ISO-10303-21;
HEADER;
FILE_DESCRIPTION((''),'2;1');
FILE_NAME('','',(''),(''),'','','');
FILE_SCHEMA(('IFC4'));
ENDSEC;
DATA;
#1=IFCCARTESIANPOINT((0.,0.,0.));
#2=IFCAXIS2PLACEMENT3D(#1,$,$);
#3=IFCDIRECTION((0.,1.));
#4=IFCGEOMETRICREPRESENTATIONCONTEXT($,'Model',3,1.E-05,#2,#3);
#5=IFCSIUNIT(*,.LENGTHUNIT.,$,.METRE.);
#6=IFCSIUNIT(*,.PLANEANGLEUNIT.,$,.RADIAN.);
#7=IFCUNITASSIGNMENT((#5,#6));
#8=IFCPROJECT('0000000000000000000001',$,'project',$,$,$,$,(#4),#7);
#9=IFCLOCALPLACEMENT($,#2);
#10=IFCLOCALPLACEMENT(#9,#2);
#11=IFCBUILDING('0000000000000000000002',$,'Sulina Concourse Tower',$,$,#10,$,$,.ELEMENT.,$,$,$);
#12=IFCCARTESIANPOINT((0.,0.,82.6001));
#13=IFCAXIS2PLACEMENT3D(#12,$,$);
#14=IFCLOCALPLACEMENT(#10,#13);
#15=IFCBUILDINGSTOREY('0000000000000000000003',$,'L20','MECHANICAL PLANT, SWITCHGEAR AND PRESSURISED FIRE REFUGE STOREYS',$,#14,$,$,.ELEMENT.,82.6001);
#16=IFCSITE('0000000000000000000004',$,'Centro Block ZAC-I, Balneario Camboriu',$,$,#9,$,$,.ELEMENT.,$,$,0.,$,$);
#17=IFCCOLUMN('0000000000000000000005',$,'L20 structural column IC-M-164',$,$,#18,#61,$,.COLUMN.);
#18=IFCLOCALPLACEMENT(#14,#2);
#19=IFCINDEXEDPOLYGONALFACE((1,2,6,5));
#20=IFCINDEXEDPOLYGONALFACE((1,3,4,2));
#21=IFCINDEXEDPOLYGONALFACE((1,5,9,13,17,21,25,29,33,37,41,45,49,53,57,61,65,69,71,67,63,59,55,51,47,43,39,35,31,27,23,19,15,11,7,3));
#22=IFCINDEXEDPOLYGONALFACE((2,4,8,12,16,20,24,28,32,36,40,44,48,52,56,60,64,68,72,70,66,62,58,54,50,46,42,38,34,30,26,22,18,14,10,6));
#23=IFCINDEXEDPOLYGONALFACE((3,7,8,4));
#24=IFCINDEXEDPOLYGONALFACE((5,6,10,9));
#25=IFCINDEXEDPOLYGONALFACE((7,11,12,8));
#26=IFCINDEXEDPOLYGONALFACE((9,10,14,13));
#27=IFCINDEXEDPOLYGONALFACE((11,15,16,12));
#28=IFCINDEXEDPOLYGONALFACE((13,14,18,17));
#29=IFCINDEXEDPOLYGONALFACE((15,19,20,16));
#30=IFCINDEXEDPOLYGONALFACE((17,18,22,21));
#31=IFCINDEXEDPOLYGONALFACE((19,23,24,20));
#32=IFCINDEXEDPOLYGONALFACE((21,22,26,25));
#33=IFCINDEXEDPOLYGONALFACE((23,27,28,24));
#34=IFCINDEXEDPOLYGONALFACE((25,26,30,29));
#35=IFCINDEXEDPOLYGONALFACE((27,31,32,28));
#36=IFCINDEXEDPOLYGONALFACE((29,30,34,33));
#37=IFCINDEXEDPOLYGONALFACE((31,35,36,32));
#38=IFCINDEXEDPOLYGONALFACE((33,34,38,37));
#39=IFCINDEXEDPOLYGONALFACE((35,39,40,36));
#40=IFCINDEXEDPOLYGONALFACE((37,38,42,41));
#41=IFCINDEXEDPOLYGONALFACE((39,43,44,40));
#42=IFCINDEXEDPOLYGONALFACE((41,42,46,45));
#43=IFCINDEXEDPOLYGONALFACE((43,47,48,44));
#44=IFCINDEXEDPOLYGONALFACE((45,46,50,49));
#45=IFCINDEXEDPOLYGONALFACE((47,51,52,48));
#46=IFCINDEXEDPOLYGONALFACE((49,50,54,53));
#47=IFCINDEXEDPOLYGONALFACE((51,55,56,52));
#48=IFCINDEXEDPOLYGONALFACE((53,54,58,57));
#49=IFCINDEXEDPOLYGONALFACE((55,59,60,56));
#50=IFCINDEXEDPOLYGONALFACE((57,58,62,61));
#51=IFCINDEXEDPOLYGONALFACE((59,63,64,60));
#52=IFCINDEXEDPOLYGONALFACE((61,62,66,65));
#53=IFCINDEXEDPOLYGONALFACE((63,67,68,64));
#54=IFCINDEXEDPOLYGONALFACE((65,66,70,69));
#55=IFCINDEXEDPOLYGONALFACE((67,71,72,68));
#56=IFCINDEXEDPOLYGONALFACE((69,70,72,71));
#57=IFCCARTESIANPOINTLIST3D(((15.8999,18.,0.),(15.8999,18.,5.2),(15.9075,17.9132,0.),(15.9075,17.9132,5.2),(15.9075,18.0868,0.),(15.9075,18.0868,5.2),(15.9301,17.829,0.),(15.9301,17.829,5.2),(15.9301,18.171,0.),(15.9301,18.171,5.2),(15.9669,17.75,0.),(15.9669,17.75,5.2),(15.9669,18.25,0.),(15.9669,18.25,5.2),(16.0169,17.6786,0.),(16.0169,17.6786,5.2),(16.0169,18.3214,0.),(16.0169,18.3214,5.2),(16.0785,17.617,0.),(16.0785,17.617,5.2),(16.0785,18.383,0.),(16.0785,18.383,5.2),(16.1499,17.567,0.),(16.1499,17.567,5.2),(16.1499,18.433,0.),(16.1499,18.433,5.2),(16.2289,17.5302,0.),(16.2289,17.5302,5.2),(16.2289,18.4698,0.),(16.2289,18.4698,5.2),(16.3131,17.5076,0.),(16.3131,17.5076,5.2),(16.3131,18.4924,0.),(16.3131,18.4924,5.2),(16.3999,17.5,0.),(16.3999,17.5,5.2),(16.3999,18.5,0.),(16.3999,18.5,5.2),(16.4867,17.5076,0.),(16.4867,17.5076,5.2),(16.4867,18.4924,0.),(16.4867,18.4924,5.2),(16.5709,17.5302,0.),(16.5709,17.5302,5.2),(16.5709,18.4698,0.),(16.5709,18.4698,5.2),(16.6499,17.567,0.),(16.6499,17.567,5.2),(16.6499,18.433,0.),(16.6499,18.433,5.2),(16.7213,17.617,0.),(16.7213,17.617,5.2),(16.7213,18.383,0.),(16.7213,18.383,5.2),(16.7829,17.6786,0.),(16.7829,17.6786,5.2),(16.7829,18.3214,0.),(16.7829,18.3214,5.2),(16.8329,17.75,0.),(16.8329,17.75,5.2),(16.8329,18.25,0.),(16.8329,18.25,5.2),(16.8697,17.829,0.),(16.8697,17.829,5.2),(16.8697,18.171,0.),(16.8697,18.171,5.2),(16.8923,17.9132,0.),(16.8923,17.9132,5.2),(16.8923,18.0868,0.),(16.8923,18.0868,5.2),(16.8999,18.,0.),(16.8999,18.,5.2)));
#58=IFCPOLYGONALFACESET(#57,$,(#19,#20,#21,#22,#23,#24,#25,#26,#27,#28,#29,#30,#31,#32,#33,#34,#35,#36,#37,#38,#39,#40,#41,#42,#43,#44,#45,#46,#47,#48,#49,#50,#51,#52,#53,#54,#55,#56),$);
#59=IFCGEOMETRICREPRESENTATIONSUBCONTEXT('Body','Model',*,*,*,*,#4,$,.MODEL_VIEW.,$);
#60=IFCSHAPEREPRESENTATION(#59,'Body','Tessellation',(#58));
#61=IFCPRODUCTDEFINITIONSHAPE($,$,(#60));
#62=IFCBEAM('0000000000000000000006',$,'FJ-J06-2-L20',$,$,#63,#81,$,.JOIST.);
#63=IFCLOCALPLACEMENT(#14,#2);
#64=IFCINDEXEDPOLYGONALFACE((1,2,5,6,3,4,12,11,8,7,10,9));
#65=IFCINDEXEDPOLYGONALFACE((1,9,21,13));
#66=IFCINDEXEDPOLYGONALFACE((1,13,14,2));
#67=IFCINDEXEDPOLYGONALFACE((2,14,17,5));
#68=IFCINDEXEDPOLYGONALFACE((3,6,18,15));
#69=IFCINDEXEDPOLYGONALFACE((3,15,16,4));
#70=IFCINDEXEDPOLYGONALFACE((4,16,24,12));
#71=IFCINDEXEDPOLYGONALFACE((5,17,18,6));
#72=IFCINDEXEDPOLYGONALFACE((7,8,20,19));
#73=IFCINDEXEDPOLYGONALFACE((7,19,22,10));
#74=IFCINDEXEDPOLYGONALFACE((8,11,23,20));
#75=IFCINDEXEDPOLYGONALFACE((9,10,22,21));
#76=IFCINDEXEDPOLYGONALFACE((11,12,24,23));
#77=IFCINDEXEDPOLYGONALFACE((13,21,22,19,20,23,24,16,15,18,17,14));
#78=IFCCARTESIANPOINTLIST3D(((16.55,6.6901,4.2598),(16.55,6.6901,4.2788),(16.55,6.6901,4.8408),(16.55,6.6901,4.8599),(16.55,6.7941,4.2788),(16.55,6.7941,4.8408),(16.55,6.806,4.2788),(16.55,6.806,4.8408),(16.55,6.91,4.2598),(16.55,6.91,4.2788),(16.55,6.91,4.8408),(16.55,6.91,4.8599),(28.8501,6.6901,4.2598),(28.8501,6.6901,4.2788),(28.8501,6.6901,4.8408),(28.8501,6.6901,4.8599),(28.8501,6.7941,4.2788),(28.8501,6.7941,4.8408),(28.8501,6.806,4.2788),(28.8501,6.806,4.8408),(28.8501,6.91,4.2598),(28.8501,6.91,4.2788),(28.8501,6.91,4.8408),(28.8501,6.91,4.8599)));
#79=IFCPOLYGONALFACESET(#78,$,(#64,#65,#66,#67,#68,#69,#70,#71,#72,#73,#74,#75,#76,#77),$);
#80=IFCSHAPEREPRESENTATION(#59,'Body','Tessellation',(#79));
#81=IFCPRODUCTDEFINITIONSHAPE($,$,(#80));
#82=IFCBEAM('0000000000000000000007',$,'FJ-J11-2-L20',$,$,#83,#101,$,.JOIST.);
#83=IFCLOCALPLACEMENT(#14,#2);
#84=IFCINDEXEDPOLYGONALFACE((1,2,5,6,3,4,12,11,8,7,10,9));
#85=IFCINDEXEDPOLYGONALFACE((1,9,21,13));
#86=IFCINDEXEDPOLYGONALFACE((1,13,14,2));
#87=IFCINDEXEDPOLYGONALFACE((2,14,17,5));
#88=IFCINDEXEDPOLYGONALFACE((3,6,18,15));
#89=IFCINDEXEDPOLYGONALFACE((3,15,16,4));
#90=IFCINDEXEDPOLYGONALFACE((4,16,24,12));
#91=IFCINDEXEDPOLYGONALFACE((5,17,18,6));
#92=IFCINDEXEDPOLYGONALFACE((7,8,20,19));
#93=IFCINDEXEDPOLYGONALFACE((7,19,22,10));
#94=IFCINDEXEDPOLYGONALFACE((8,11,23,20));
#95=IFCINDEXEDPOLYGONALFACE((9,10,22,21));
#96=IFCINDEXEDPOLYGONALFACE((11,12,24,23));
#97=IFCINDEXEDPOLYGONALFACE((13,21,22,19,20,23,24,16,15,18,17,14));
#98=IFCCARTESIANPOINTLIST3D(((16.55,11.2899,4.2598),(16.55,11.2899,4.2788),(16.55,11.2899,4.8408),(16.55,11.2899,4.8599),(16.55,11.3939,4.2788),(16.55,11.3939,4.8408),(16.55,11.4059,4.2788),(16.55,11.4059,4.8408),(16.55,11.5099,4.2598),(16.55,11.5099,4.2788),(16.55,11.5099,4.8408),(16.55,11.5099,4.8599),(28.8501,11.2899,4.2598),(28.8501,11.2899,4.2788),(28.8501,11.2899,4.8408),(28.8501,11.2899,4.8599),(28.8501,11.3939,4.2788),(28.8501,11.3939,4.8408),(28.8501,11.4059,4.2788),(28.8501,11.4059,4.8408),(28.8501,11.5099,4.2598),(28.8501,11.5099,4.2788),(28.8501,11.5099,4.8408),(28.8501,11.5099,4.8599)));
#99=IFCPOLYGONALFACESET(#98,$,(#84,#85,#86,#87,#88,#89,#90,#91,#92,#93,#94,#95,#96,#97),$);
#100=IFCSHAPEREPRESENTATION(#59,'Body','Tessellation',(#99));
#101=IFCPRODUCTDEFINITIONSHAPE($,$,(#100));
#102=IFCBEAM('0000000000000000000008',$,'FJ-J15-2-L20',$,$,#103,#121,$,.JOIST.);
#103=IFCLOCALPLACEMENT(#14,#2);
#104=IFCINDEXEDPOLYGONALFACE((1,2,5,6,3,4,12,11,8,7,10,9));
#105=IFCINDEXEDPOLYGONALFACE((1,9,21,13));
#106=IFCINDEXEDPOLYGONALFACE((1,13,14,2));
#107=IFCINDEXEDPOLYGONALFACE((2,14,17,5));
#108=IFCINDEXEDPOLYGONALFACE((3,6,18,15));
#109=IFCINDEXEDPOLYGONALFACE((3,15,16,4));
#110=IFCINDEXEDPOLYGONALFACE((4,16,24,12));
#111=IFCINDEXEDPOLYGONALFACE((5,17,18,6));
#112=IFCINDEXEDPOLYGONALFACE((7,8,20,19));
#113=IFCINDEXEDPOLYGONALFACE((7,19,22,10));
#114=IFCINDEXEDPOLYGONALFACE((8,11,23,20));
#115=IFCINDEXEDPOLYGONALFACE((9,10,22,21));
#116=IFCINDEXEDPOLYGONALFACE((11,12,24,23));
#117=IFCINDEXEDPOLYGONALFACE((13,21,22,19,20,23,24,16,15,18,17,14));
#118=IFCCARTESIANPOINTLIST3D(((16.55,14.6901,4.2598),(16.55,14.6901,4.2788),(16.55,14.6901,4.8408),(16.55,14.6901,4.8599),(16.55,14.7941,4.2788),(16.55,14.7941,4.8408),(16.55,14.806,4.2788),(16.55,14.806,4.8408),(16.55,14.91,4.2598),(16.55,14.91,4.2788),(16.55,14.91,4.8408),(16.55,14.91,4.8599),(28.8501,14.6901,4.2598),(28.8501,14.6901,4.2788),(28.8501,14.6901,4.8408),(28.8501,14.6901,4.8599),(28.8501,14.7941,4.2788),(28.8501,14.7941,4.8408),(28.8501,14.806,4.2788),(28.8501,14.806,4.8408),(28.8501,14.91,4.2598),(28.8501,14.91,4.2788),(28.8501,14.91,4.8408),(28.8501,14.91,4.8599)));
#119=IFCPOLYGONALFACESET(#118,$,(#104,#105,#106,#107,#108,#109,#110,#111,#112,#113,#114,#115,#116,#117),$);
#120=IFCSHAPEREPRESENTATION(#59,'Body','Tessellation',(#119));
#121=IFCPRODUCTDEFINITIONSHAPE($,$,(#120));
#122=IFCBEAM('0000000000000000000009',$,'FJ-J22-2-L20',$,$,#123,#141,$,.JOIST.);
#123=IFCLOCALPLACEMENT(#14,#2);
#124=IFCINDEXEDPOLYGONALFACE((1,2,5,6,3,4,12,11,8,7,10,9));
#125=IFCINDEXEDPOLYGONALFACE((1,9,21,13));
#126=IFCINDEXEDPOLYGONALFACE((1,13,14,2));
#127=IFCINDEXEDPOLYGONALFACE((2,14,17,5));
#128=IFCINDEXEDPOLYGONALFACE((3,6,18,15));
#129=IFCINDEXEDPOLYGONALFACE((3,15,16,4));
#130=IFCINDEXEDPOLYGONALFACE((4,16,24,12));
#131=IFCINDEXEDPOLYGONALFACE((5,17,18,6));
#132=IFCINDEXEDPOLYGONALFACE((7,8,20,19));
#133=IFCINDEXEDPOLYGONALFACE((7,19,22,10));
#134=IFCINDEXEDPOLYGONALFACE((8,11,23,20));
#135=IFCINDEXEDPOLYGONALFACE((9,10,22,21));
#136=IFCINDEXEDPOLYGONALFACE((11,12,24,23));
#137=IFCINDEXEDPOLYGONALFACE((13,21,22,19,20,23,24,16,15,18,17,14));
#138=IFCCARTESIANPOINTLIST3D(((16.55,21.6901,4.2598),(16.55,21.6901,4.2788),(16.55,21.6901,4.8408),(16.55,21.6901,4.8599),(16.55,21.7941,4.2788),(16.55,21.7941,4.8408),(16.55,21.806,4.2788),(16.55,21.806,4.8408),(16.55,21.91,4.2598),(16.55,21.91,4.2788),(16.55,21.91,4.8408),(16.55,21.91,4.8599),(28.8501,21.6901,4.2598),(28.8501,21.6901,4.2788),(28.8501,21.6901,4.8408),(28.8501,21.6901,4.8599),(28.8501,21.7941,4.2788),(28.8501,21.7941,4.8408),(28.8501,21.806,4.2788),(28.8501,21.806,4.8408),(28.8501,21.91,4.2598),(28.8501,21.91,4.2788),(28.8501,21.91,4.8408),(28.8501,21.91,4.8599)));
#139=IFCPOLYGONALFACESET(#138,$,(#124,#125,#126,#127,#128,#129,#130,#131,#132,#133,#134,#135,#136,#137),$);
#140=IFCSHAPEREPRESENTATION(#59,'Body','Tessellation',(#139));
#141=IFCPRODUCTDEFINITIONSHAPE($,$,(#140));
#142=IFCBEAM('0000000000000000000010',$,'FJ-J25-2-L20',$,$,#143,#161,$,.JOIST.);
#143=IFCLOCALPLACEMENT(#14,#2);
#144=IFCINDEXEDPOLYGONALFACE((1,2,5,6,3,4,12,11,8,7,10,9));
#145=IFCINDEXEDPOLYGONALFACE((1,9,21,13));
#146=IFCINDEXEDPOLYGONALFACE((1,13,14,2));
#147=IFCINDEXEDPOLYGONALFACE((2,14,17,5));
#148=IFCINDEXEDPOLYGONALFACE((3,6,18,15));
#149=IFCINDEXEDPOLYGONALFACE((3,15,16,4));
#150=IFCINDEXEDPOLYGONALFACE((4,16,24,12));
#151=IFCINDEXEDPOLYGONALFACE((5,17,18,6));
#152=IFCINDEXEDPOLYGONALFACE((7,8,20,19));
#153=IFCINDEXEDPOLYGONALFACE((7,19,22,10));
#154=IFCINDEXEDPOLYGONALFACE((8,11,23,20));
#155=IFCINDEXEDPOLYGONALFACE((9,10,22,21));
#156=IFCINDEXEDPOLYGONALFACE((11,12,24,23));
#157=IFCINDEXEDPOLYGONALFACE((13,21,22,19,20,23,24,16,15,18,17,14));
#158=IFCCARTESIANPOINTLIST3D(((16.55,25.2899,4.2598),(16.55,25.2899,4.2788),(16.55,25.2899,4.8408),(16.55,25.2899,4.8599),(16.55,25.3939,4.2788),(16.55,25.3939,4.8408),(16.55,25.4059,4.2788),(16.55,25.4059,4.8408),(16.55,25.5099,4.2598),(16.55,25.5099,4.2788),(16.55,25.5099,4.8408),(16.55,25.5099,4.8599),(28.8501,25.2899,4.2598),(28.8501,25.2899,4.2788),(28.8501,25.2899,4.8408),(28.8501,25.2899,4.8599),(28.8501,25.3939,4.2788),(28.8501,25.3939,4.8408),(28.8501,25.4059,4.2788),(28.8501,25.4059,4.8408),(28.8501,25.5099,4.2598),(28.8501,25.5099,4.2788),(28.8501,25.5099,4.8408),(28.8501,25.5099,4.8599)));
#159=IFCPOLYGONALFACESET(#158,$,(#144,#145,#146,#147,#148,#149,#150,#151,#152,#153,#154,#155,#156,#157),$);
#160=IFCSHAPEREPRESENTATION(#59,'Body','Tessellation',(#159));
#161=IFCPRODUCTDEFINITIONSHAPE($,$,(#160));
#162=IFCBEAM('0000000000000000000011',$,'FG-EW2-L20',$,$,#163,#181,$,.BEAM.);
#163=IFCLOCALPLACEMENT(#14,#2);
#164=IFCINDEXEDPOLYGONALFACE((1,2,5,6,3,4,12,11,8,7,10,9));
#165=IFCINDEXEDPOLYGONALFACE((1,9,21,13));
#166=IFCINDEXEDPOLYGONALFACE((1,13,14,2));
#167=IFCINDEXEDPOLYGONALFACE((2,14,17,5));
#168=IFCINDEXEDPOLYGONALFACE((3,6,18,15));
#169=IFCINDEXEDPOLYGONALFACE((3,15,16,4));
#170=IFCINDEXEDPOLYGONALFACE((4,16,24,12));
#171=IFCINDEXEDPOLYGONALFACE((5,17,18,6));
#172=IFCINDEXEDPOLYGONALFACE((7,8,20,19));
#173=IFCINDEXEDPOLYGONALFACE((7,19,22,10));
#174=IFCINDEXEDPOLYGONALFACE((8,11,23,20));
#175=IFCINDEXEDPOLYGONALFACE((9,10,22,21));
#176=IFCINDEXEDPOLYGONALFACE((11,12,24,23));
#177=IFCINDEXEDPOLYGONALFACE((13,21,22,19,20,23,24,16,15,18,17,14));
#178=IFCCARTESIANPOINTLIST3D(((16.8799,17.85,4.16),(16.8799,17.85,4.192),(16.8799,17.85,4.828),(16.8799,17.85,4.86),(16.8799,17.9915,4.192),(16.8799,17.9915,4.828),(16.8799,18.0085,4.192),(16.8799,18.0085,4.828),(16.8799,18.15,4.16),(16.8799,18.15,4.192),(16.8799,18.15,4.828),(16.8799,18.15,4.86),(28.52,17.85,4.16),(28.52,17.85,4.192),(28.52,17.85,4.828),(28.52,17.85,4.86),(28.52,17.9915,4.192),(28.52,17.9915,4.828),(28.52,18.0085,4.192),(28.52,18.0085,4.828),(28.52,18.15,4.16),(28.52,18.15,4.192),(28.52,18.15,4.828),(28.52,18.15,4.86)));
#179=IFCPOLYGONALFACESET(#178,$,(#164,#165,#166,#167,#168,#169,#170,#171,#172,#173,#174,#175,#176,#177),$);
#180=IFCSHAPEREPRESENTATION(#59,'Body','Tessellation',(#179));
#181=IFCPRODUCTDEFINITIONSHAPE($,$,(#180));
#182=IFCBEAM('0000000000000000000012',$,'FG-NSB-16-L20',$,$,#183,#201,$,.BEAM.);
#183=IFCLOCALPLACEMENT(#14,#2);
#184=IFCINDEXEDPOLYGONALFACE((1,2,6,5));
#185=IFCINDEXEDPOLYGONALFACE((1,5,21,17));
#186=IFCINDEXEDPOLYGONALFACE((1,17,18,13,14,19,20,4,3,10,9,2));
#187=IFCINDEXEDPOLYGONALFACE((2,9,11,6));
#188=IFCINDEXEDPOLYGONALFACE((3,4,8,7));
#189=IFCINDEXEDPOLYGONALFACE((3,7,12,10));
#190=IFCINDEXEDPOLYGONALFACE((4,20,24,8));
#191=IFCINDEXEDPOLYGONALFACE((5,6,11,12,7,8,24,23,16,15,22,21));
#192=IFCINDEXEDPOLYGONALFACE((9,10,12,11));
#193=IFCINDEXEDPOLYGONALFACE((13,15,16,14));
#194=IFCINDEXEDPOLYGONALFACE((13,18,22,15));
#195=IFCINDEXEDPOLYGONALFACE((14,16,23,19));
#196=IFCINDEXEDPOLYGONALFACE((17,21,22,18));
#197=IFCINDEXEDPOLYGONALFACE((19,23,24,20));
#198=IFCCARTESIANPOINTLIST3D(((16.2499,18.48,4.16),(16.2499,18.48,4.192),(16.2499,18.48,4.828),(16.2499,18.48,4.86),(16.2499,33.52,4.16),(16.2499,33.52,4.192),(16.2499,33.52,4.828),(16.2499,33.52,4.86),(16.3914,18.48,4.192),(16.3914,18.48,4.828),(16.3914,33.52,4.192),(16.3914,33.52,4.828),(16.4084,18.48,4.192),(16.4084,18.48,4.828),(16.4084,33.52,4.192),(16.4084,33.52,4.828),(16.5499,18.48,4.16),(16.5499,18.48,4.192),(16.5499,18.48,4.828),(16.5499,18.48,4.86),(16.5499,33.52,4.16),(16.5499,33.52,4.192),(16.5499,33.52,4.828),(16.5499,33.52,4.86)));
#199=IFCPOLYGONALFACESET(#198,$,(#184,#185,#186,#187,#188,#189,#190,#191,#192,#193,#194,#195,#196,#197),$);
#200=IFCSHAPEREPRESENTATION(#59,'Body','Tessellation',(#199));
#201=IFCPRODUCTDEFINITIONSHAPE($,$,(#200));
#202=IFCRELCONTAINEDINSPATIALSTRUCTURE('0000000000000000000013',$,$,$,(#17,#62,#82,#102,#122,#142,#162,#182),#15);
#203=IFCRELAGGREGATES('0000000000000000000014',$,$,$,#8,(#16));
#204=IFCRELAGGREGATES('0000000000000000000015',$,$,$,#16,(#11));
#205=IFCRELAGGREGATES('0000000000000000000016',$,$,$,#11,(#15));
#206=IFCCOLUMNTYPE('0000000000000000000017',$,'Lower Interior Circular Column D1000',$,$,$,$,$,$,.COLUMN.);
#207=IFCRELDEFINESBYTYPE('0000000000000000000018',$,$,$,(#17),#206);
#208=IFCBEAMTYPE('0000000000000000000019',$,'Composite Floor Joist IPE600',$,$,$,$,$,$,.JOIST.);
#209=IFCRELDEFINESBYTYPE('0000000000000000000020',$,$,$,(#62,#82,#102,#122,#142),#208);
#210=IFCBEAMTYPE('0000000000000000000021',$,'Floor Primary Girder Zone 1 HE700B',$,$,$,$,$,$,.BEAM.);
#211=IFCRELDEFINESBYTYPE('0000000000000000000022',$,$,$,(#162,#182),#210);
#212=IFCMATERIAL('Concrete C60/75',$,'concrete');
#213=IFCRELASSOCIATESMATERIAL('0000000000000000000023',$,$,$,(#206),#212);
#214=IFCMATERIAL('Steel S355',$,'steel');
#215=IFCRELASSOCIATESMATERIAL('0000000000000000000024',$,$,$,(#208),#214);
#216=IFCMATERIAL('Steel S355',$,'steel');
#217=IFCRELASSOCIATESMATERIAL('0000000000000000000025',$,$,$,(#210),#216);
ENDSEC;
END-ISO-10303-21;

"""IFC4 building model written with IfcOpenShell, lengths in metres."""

from ifc_helpers import new_model, si_unit, direction, frame, origin, origin_2d, place, context, subcontext, project, spatial, circle, i_section, extrude, material, material_profile, profile_set, type_object, element, save


model = new_model("IFC4")

# Units and contexts
model_context = context("Model", 3, precision=1e-05, world=origin(), true_north=direction((0.0, 1.0)))
body_context = subcontext(model_context, "Body", "Model", "MODEL_VIEW")
ifc_project = project(units=[si_unit("LENGTHUNIT", "METRE"), si_unit("PLANEANGLEUNIT", "RADIAN")], contexts=[model_context])

# Site, building, storey
site_placement = place(None, origin())
site = spatial("IfcSite", under=ifc_project, at=site_placement, Name="Centro Block ZAC-I, Balneario Camboriu", CompositionType="ELEMENT", RefElevation=0.0)
building_placement = place(site_placement, origin())
building = spatial("IfcBuilding", under=site, at=building_placement, Name="Sulina Concourse Tower", CompositionType="ELEMENT")
storey_placement = place(building_placement, frame((0.0, 0.0, 82.6001)))
storey = spatial("IfcBuildingStorey", under=building, at=storey_placement, Name="L20", Description="MECHANICAL PLANT, SWITCHGEAR AND PRESSURISED FIRE REFUGE STOREYS", CompositionType="ELEMENT", Elevation=82.6001)

# Column
ifc_material_1 = material(Name="Concrete C60/75", Category="concrete")
ifc_material_profile_1 = material_profile(ifc_material_1, circle(Radius=0.5, at=origin_2d()), Name="RC D1000")
ifc_profile_set_1 = profile_set([ifc_material_profile_1], Name="Concrete C60/75")
column_type = type_object("IfcColumnType", Name="Lower Interior Circular Column D1000", PredefinedType="COLUMN", material=ifc_profile_set_1)
column_placement = place(storey_placement, frame((16.3999, 18.0, 0.0), z_axis=(0.0, 0.0, 1.0), x_axis=(1.0, 0.0, 0.0)))
element("IfcColumn", 1, at=column_placement, inside=storey, type_object=column_type, Name="L20 structural column IC-M-164", PredefinedType="COLUMN", context=body_context, shape_type="SweptSolid", body=[
    extrude(circle(Radius=0.5, at=origin_2d()), origin(), (0.0, 0.0, 1.0), 5.2),
])

# Beams
ifc_material_2 = material(Name="Steel S355", Category="steel")
ifc_material_profile_2 = material_profile(ifc_material_2, i_section(OverallWidth=0.22, OverallDepth=0.6001, WebThickness=0.012, FlangeThickness=0.019, at=origin_2d()), Name="IPE 600")
ifc_profile_set_2 = profile_set([ifc_material_profile_2], Name="Steel S355")
beam_type_1 = type_object("IfcBeamType", Name="Composite Floor Joist IPE600", PredefinedType="JOIST", material=ifc_profile_set_2)
for number, where, z_axis, x_axis, name in (
    (2, (16.55, 6.8, 4.5598), (1.0, 0.0, 0.0), (0.0, 1.0, 0.0), "FJ-J06-2-L20"),
    (3, (16.55, 11.3999, 4.5598), (1.0, 0.0, 0.0), (0.0, 1.0, 0.0), "FJ-J11-2-L20"),
    (4, (16.55, 14.8, 4.5598), (1.0, 0.0, 0.0), (0.0, 1.0, 0.0), "FJ-J15-2-L20"),
    (5, (16.55, 21.8, 4.5598), (1.0, 0.0, 0.0), (0.0, 1.0, 0.0), "FJ-J22-2-L20"),
    (6, (16.55, 25.3999, 4.5598), (1.0, 0.0, 0.0), (0.0, 1.0, 0.0), "FJ-J25-2-L20"),
):
    element("IfcBeam", number, at=place(storey_placement, frame(where, z_axis=z_axis, x_axis=x_axis)), inside=storey, type_object=beam_type_1, Name=name, PredefinedType="JOIST", context=body_context, shape_type="SweptSolid", body=[
        extrude(i_section(OverallWidth=0.22, OverallDepth=0.6001, WebThickness=0.012, FlangeThickness=0.019, at=origin_2d()), origin(), (0.0, 0.0, 1.0), 12.3),
    ])
ifc_material_3 = material(Name="Steel S355", Category="steel")
ifc_material_profile_3 = material_profile(ifc_material_3, i_section(OverallWidth=0.3, OverallDepth=0.7, WebThickness=0.0171, FlangeThickness=0.032, at=origin_2d()), Name="HE 700 B")
ifc_profile_set_3 = profile_set([ifc_material_profile_3], Name="Steel S355")
beam_type_2 = type_object("IfcBeamType", Name="Floor Primary Girder Zone 1 HE700B", PredefinedType="BEAM", material=ifc_profile_set_3)
beam_1_placement = place(storey_placement, frame((16.8799, 18.0, 4.51), z_axis=(1.0, 0.0, 0.0), x_axis=(0.0, 1.0, 0.0)))
element("IfcBeam", 7, at=beam_1_placement, inside=storey, type_object=beam_type_2, Name="FG-EW2-L20", PredefinedType="BEAM", context=body_context, shape_type="SweptSolid", body=[
    extrude(i_section(OverallWidth=0.3, OverallDepth=0.7, WebThickness=0.0171, FlangeThickness=0.032, at=origin_2d()), origin(), (0.0, 0.0, 1.0), 11.6401),
])
beam_2_placement = place(storey_placement, frame((16.3999, 18.48, 4.51), z_axis=(0.0, 1.0, 0.0), x_axis=(-1.0, 0.0, 0.0)))
element("IfcBeam", 8, at=beam_2_placement, inside=storey, type_object=beam_type_2, Name="FG-NSB-16-L20", PredefinedType="BEAM", context=body_context, shape_type="SweptSolid", body=[
    extrude(i_section(OverallWidth=0.3, OverallDepth=0.7, WebThickness=0.0171, FlangeThickness=0.032, at=origin_2d()), origin(), (0.0, 0.0, 1.0), 15.04),
])

save(model, "model.ifc")
